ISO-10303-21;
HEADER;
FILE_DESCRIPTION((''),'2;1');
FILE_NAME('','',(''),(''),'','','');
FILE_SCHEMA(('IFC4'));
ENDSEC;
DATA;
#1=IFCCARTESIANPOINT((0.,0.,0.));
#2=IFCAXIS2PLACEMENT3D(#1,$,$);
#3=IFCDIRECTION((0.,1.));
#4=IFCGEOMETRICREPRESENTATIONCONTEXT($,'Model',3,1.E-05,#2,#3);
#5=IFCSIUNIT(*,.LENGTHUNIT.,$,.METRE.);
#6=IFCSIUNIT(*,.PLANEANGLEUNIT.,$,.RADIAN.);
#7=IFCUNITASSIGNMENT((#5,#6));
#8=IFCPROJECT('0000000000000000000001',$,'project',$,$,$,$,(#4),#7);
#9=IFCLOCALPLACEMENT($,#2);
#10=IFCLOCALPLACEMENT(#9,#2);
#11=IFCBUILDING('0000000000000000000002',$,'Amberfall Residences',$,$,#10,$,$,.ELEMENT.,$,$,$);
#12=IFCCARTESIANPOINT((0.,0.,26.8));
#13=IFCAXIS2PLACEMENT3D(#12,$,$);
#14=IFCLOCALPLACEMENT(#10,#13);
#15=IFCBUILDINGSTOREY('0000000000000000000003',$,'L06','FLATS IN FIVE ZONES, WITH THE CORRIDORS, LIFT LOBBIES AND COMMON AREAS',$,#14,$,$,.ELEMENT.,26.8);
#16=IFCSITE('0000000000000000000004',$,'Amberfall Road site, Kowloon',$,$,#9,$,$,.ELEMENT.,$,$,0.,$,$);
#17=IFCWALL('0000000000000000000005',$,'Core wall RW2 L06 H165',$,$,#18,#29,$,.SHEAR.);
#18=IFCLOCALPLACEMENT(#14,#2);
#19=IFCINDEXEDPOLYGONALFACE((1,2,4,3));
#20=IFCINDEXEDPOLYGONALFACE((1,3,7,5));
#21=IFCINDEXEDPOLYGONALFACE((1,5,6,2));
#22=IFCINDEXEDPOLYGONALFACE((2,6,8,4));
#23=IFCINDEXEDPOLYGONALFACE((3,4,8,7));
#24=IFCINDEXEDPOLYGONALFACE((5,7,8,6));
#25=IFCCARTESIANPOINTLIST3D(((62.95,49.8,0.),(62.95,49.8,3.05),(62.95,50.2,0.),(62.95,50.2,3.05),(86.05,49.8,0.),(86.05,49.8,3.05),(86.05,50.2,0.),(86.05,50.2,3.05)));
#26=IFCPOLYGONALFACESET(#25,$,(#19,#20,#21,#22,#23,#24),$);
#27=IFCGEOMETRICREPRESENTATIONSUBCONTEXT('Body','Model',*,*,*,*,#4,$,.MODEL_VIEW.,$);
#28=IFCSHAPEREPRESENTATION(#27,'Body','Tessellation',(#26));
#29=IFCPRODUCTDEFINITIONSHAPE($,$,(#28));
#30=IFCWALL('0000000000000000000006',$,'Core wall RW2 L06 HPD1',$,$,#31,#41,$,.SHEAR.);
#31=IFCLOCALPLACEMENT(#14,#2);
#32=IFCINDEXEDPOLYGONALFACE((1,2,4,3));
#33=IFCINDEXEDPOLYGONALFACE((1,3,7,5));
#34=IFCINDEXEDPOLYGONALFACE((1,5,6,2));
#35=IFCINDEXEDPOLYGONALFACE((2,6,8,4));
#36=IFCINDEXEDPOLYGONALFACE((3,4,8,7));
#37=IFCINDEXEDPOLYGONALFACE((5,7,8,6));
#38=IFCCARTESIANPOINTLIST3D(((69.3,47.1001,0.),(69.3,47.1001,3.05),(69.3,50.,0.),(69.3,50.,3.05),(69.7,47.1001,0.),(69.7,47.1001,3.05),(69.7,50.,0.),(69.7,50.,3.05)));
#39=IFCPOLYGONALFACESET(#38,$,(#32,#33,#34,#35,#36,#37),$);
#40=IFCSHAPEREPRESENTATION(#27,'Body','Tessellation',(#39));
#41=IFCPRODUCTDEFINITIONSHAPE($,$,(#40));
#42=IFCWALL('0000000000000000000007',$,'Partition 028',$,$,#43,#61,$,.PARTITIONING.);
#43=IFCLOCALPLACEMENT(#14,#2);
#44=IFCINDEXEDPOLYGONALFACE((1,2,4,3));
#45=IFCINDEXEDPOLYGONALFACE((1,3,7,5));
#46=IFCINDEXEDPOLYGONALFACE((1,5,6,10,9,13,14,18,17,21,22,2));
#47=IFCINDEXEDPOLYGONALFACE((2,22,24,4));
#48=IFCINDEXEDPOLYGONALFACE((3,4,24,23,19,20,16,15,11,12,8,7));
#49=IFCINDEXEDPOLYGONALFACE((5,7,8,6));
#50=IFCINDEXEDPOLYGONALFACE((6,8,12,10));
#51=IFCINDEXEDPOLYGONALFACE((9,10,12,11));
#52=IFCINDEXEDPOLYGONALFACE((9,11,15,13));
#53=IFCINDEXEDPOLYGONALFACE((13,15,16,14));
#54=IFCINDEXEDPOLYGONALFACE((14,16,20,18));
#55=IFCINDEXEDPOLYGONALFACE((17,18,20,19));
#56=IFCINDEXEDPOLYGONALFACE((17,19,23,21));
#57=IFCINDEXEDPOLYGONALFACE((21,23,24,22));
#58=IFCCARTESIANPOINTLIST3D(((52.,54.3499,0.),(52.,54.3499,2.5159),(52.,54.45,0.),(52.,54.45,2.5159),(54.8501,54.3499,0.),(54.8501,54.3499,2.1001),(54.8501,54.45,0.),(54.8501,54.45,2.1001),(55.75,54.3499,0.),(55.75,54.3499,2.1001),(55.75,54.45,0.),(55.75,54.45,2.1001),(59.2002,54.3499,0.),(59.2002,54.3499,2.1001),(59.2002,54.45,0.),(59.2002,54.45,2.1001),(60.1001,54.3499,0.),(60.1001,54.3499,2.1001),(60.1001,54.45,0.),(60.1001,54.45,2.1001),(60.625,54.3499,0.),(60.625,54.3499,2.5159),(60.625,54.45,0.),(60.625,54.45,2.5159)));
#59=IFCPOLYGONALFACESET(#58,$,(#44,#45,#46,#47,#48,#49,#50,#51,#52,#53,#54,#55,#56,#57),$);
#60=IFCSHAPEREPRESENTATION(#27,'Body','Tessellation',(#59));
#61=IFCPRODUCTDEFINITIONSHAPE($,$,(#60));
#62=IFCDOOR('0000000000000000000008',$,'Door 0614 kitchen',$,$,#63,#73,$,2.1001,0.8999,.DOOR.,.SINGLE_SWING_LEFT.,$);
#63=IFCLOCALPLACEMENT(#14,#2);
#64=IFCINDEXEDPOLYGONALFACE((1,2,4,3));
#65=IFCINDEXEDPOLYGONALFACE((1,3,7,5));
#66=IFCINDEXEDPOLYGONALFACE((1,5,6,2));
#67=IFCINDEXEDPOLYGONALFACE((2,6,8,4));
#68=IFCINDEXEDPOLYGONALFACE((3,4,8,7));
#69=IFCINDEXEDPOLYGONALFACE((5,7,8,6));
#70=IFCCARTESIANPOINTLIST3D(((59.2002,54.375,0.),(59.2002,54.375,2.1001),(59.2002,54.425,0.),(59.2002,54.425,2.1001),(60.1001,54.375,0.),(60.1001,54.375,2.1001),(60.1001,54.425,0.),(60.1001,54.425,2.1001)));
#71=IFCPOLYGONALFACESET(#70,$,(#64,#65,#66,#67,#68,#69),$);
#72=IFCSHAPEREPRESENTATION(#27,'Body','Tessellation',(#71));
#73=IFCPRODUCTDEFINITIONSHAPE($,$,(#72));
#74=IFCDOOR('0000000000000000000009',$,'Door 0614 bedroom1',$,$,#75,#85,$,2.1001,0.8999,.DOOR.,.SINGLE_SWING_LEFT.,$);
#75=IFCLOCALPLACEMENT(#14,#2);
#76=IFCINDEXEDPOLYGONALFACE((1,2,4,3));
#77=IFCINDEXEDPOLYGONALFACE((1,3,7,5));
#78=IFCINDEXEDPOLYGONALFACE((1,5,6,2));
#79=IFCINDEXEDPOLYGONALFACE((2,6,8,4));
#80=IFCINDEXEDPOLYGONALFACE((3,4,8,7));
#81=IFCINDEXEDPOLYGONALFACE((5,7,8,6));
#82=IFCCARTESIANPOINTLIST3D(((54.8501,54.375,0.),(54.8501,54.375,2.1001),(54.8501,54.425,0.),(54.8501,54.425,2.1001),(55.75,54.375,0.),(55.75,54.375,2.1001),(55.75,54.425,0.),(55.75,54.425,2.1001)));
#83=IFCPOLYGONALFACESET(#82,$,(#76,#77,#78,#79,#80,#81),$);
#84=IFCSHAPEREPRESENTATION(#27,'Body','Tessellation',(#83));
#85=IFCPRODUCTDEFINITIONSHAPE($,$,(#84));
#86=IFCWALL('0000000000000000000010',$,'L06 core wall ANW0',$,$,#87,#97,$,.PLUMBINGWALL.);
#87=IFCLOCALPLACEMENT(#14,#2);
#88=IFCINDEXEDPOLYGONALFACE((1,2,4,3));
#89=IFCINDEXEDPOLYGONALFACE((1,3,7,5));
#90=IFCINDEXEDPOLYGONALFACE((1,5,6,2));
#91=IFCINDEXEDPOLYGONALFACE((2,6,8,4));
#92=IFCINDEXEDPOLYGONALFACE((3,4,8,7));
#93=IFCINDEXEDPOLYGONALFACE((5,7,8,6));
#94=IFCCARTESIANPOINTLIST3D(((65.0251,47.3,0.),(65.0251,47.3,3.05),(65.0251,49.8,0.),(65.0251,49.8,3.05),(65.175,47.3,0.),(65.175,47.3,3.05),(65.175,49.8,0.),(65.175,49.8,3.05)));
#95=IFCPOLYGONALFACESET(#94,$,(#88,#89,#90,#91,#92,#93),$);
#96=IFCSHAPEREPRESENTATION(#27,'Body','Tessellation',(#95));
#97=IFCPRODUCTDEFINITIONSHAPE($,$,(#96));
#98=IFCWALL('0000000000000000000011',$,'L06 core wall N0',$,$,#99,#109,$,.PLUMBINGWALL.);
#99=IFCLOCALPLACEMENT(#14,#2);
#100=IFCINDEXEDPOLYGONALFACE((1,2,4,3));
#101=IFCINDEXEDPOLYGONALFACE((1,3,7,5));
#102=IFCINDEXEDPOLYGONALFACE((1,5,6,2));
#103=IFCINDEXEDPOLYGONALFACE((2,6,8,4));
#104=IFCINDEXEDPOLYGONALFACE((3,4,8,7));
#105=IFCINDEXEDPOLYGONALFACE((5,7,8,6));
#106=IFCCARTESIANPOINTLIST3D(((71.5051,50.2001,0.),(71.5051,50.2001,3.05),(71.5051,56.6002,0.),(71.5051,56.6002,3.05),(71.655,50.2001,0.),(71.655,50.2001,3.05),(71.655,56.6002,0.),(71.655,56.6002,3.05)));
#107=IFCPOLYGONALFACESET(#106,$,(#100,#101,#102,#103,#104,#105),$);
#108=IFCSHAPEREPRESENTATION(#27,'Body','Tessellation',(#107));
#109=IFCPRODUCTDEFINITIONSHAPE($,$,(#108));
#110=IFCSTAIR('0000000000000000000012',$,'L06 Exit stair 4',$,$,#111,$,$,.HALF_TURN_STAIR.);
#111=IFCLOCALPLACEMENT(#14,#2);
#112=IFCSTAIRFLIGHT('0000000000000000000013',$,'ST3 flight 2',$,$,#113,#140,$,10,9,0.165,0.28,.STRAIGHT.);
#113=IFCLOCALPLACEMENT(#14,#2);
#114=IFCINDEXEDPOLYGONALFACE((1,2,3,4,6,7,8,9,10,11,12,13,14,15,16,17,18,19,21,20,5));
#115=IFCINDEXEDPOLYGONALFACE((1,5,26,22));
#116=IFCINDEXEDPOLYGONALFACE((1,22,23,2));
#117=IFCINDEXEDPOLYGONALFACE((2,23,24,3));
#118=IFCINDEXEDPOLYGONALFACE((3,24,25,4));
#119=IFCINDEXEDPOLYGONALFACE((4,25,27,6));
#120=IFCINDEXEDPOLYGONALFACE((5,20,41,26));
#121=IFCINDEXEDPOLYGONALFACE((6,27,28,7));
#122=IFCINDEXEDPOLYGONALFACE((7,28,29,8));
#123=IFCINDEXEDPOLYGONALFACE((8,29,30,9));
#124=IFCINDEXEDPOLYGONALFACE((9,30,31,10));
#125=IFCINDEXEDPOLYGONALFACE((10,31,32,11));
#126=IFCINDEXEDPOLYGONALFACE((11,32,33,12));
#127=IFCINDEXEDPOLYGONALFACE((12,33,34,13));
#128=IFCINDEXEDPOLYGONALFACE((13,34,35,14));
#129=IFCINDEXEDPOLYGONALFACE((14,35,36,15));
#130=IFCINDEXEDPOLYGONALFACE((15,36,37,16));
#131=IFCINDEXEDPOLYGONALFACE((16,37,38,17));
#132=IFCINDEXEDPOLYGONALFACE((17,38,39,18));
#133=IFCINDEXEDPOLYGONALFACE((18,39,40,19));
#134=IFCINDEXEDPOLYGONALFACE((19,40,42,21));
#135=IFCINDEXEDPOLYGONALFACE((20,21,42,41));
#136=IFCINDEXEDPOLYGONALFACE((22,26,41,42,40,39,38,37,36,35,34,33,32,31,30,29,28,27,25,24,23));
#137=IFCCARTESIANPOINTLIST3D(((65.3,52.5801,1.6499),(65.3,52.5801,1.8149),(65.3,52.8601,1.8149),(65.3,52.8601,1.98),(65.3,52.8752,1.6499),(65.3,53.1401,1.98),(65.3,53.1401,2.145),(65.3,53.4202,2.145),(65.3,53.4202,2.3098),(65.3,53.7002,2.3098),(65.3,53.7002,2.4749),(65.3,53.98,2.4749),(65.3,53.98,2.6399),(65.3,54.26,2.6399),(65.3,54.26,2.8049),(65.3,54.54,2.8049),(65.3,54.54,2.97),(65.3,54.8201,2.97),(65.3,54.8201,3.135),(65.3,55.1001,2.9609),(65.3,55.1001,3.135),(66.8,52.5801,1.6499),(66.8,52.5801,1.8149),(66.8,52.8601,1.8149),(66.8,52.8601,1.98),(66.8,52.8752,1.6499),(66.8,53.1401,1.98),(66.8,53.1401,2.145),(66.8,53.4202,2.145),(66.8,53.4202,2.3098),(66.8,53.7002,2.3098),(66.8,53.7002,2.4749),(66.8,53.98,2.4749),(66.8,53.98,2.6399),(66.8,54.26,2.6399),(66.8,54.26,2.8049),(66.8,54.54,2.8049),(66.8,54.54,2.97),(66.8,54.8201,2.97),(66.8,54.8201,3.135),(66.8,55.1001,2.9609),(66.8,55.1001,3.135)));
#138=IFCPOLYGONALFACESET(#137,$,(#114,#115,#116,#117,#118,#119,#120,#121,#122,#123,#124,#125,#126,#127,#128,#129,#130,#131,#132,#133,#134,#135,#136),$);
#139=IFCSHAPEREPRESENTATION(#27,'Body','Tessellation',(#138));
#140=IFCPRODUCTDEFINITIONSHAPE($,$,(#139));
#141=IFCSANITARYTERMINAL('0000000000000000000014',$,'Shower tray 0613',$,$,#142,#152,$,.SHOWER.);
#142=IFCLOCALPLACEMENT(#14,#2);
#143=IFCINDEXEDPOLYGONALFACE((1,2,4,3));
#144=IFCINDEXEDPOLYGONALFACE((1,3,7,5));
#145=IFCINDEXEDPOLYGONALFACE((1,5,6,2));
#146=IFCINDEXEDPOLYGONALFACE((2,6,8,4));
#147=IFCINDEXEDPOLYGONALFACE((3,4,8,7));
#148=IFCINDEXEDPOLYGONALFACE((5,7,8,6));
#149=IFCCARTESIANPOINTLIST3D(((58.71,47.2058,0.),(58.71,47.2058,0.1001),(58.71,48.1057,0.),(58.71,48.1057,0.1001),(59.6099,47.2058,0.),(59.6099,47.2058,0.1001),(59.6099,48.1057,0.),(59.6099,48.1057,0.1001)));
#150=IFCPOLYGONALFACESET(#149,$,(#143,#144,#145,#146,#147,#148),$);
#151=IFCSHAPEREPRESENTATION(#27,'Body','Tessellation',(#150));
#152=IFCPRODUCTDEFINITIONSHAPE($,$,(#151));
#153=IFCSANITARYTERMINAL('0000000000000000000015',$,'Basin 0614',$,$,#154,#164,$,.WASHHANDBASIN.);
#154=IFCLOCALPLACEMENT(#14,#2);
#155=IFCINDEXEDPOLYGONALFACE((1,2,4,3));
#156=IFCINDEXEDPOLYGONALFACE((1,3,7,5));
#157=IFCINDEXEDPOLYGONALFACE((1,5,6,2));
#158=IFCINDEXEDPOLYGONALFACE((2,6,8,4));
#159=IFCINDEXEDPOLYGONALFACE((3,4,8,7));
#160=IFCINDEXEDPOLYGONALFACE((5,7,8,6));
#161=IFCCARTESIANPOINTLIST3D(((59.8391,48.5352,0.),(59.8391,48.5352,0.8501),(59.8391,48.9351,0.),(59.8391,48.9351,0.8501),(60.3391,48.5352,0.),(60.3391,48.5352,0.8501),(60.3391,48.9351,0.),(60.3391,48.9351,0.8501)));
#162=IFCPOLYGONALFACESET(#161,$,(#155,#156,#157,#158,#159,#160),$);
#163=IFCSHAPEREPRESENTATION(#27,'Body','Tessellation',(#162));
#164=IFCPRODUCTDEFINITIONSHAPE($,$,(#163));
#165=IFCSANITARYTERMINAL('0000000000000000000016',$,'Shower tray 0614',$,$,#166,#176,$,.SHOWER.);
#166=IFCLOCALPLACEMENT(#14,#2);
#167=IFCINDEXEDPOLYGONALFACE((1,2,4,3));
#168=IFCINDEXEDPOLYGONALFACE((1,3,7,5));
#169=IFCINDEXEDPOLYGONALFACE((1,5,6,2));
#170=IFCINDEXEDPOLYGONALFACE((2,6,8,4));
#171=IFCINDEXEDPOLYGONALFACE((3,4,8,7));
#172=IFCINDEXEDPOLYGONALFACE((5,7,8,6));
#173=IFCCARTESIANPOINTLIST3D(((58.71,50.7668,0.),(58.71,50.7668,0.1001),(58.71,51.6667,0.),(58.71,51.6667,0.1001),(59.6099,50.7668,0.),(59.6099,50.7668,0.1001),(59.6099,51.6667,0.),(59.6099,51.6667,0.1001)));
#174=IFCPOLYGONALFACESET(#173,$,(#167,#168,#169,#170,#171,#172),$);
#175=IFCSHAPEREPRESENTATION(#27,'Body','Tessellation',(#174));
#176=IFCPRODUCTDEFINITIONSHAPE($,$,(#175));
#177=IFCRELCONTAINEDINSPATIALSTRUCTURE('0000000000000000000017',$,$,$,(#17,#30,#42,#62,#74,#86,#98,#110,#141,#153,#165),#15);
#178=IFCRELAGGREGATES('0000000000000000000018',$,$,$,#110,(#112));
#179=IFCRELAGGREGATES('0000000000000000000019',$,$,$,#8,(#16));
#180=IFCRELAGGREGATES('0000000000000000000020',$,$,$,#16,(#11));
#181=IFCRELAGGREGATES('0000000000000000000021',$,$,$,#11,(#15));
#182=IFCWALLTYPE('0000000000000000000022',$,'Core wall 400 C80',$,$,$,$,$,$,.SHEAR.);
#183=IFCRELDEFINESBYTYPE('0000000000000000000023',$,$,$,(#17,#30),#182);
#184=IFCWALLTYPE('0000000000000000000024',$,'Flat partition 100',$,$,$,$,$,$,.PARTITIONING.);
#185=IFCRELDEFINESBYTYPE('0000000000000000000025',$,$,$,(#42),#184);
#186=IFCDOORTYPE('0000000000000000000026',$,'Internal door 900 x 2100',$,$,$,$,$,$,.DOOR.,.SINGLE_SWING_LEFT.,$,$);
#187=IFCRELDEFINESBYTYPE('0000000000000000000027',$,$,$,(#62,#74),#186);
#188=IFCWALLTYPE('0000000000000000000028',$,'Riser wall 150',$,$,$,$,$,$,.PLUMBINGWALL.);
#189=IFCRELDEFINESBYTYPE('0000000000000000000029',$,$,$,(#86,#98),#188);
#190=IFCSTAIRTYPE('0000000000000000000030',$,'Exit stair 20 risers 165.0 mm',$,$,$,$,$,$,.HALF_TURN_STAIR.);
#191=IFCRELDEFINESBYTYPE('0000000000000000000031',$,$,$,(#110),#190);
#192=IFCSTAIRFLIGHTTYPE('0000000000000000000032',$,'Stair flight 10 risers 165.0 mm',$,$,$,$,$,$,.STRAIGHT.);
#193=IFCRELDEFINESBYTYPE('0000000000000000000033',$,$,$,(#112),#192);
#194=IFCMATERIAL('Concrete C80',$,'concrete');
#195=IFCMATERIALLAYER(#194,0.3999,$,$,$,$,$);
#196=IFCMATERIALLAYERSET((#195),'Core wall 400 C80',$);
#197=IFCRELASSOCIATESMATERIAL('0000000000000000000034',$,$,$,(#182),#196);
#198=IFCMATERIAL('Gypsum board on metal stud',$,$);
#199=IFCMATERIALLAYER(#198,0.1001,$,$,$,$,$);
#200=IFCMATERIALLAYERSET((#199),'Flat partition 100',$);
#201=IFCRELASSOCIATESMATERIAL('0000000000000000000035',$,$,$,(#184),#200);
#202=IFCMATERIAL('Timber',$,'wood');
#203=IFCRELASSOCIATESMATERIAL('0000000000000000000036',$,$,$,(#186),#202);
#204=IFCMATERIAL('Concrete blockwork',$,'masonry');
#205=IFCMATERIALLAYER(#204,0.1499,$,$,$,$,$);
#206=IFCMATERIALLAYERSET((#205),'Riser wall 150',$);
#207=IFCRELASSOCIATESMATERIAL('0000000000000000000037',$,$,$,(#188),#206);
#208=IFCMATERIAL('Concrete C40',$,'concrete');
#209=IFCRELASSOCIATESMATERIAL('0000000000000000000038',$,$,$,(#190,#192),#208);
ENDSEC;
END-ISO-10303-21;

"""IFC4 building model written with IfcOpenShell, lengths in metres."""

from ifc_helpers import new_model, si_unit, direction, frame, frame_2d, origin, origin_2d, place, context, subcontext, project, spatial, polyline, rectangle, outline, extrude, material, layer, layer_set, type_object, element, fill, aggregate, save


model = new_model("IFC4")

# Units and contexts
model_context = context("Model", 3, precision=1e-05, world=origin(), true_north=direction((0.0, 1.0)))
body_context = subcontext(model_context, "Body", "Model", "MODEL_VIEW")
ifc_project = project(units=[si_unit("LENGTHUNIT", "METRE"), si_unit("PLANEANGLEUNIT", "RADIAN")], contexts=[model_context])

# Site, building, storey
site_placement = place(None, origin())
site = spatial("IfcSite", under=ifc_project, at=site_placement, Name="Amberfall Road site, Kowloon", CompositionType="ELEMENT", RefElevation=0.0)
building_placement = place(site_placement, origin())
building = spatial("IfcBuilding", under=site, at=building_placement, Name="Amberfall Residences", CompositionType="ELEMENT")
storey_placement = place(building_placement, frame((0.0, 0.0, 26.8)))
storey = spatial("IfcBuildingStorey", under=building, at=storey_placement, Name="L06", Description="FLATS IN FIVE ZONES, WITH THE CORRIDORS, LIFT LOBBIES AND COMMON AREAS", CompositionType="ELEMENT", Elevation=26.8)

# Walls
ifc_material_1 = material(Name="Concrete C80", Category="concrete")
ifc_layer_1 = layer(ifc_material_1, 0.3999)
ifc_layer_set_1 = layer_set([ifc_layer_1], Name="Core wall 400 C80")
wall_type_1 = type_object("IfcWallType", Name="Core wall 400 C80", PredefinedType="SHEAR", material=ifc_layer_set_1)
wall_1_placement = place(storey_placement, frame((62.95, 50.0, 0.0), z_axis=(0.0, 0.0, 1.0), x_axis=(1.0, 0.0, 0.0)))
element("IfcWall", 1, at=wall_1_placement, inside=storey, type_object=wall_type_1, Name="Core wall RW2 L06 H165", PredefinedType="SHEAR", context=body_context, shape_type="SweptSolid", body=[
    extrude(rectangle(XDim=23.1001, YDim=0.3999, at=frame_2d((11.55, 0.0))), origin(), (0.0, 0.0, 1.0), 3.05),
])
wall_2_placement = place(storey_placement, frame((69.5, 47.1001, 0.0), z_axis=(0.0, 0.0, 1.0), x_axis=(0.0, 1.0, 0.0)))
element("IfcWall", 2, at=wall_2_placement, inside=storey, type_object=wall_type_1, Name="Core wall RW2 L06 HPD1", PredefinedType="SHEAR", context=body_context, shape_type="SweptSolid", body=[
    extrude(rectangle(XDim=2.8999, YDim=0.3999, at=frame_2d((1.45, 0.0))), origin(), (0.0, 0.0, 1.0), 3.05),
])

# Wall, openings, doors
ifc_material_2 = material(Name="Gypsum board on metal stud")
ifc_layer_2 = layer(ifc_material_2, 0.1001)
ifc_layer_set_2 = layer_set([ifc_layer_2], Name="Flat partition 100")
wall_type_2 = type_object("IfcWallType", Name="Flat partition 100", PredefinedType="PARTITIONING", material=ifc_layer_set_2)
wall_3_placement = place(storey_placement, frame((60.625, 54.3999, 0.0), z_axis=(0.0, 0.0, 1.0), x_axis=(-1.0, 0.0, 0.0)))
wall_3 = element("IfcWall", 3, at=wall_3_placement, inside=storey, type_object=wall_type_2, Name="Partition 028", PredefinedType="PARTITIONING", context=body_context, shape_type="SweptSolid", body=[
    extrude(rectangle(XDim=8.625, YDim=0.1001, at=frame_2d((4.3125, 0.0))), origin(), (0.0, 0.0, 1.0), 2.5159),
])
opening_1_placement = place(wall_3_placement, frame((0.5249, 0.0, 0.0)))
opening_1 = element("IfcOpeningElement", 4, at=opening_1_placement, cuts=wall_3, PredefinedType="OPENING", context=body_context, shape_type="SweptSolid", body=[
    extrude(rectangle(XDim=0.8999, YDim=2.1001, at=frame_2d((0.45, 1.05))), frame((0.0, 0.0601, 0.0), z_axis=(0.0, -1.0, 0.0), x_axis=(1.0, 0.0, 0.0)), (0.0, 0.0, 1.0), 0.1201),
])
opening_2_placement = place(wall_3_placement, frame((4.875, 0.0, 0.0)))
opening_2 = element("IfcOpeningElement", 5, at=opening_2_placement, cuts=wall_3, PredefinedType="OPENING", context=body_context, shape_type="SweptSolid", body=[
    extrude(rectangle(XDim=0.8999, YDim=2.1001, at=frame_2d((0.45, 1.05))), frame((0.0, 0.0601, 0.0), z_axis=(0.0, -1.0, 0.0), x_axis=(1.0, 0.0, 0.0)), (0.0, 0.0, 1.0), 0.1201),
])
ifc_material_3 = material(Name="Timber", Category="wood")
door_type = type_object("IfcDoorType", Name="Internal door 900 x 2100", OperationType="SINGLE_SWING_LEFT", PredefinedType="DOOR", material=ifc_material_3)
door_1_placement = place(opening_1_placement, origin())
door_1 = element("IfcDoor", 6, at=door_1_placement, inside=storey, type_object=door_type, Name="Door 0614 kitchen", OperationType="SINGLE_SWING_LEFT", OverallHeight=2.1001, OverallWidth=0.8999, PredefinedType="DOOR", context=body_context, shape_type="SweptSolid", body=[
    extrude(rectangle(XDim=0.8999, YDim=2.1001, at=frame_2d((0.45, 1.05))), frame((0.0, 0.0249, 0.0), z_axis=(0.0, -1.0, 0.0), x_axis=(1.0, 0.0, 0.0)), (0.0, 0.0, 1.0), 0.05),
])
fill(opening_1, door_1)
door_2_placement = place(opening_2_placement, origin())
door_2 = element("IfcDoor", 7, at=door_2_placement, inside=storey, type_object=door_type, Name="Door 0614 bedroom1", OperationType="SINGLE_SWING_LEFT", OverallHeight=2.1001, OverallWidth=0.8999, PredefinedType="DOOR", context=body_context, shape_type="SweptSolid", body=[
    extrude(rectangle(XDim=0.8999, YDim=2.1001, at=frame_2d((0.45, 1.05))), frame((0.0, 0.0249, 0.0), z_axis=(0.0, -1.0, 0.0), x_axis=(1.0, 0.0, 0.0)), (0.0, 0.0, 1.0), 0.05),
])
fill(opening_2, door_2)

# Walls
ifc_material_4 = material(Name="Concrete blockwork", Category="masonry")
ifc_layer_3 = layer(ifc_material_4, 0.1499)
ifc_layer_set_3 = layer_set([ifc_layer_3], Name="Riser wall 150")
wall_type_3 = type_object("IfcWallType", Name="Riser wall 150", PredefinedType="PLUMBINGWALL", material=ifc_layer_set_3)
wall_4_placement = place(storey_placement, frame((65.1001, 47.3, 0.0), z_axis=(0.0, 0.0, 1.0), x_axis=(0.0, 1.0, 0.0)))
element("IfcWall", 8, at=wall_4_placement, inside=storey, type_object=wall_type_3, Name="L06 core wall ANW0", PredefinedType="PLUMBINGWALL", context=body_context, shape_type="SweptSolid", body=[
    extrude(rectangle(XDim=2.5, YDim=0.1499, at=frame_2d((1.25, 0.0))), origin(), (0.0, 0.0, 1.0), 3.05),
])
wall_5_placement = place(storey_placement, frame((71.5801, 50.2, 0.0), z_axis=(0.0, 0.0, 1.0), x_axis=(0.0, 1.0, 0.0)))
element("IfcWall", 9, at=wall_5_placement, inside=storey, type_object=wall_type_3, Name="L06 core wall N0", PredefinedType="PLUMBINGWALL", context=body_context, shape_type="SweptSolid", body=[
    extrude(rectangle(XDim=6.4001, YDim=0.1499, at=frame_2d((3.2002, 0.0))), origin(), (0.0, 0.0, 1.0), 3.05),
])

# Stair, stair flight
ifc_material_5 = material(Name="Concrete C40", Category="concrete")
stair_type = type_object("IfcStairType", Name="Exit stair 20 risers 165.0 mm", PredefinedType="HALF_TURN_STAIR", material=ifc_material_5)
stair_placement = place(storey_placement, origin())
stair = element("IfcStair", 10, at=stair_placement, inside=storey, type_object=stair_type, Name="L06 Exit stair 4", PredefinedType="HALF_TURN_STAIR")
stair_flight_type = type_object("IfcStairFlightType", Name="Stair flight 10 risers 165.0 mm", PredefinedType="STRAIGHT", material=ifc_material_5)
stair_flight_placement = place(storey_placement, frame((66.05, 52.5801, 1.6499), z_axis=(0.0, 0.0, 1.0), x_axis=(0.0, 1.0, 0.0)))
stair_flight = element("IfcStairFlight", 11, at=stair_flight_placement, type_object=stair_flight_type, Name="ST3 flight 2", NumberOfRisers=10, NumberOfTreads=9, PredefinedType="STRAIGHT", RiserHeight=0.165, TreadLength=0.28, context=body_context, shape_type="SweptSolid", body=[
    extrude(outline(polyline([(0.0, 0.0), (0.0, 0.165), (0.28, 0.165), (0.28, 0.3301), (0.5601, 0.3301), (0.5601, 0.4951), (0.8401, 0.4951), (0.8401, 0.6599), (1.1201, 0.6599), (1.1201, 0.825), (1.3999, 0.825), (1.3999, 0.99), (1.6799, 0.99), (1.6799, 1.155), (1.96, 1.155), (1.96, 1.3201), (2.24, 1.3201), (2.24, 1.4851), (2.52, 1.4851), (2.52, 1.6499), (2.52, 1.311), (0.2952, 0.0), (0.0, 0.0)])), frame((0.0, 0.75, 0.0), z_axis=(0.0, -1.0, 0.0), x_axis=(1.0, 0.0, 0.0)), (0.0, 0.0, 1.0), 1.5),
])
aggregate(stair, [stair_flight])

# Sanitary terminals
sanitary_terminal_1_placement = place(storey_placement, frame((59.1599, 47.6558, 0.0), z_axis=(0.0, 0.0, 1.0), x_axis=(1.0, 0.0, 0.0)))
element("IfcSanitaryTerminal", 12, at=sanitary_terminal_1_placement, inside=storey, Name="Shower tray 0613", PredefinedType="SHOWER", context=body_context, shape_type="SweptSolid", body=[
    extrude(rectangle(XDim=0.8999, YDim=0.8999, at=origin_2d()), origin(), (0.0, 0.0, 1.0), 0.1001),
])
sanitary_terminal_2_placement = place(storey_placement, frame((60.0891, 48.7351, 0.0), z_axis=(0.0, 0.0, 1.0), x_axis=(1.0, 0.0, 0.0)))
element("IfcSanitaryTerminal", 13, at=sanitary_terminal_2_placement, inside=storey, Name="Basin 0614", PredefinedType="WASHHANDBASIN", context=body_context, shape_type="SweptSolid", body=[
    extrude(rectangle(XDim=0.5, YDim=0.3999, at=origin_2d()), origin(), (0.0, 0.0, 1.0), 0.8501),
])
sanitary_terminal_3_placement = place(storey_placement, frame((59.1599, 51.2168, 0.0), z_axis=(0.0, 0.0, 1.0), x_axis=(1.0, 0.0, 0.0)))
element("IfcSanitaryTerminal", 14, at=sanitary_terminal_3_placement, inside=storey, Name="Shower tray 0614", PredefinedType="SHOWER", context=body_context, shape_type="SweptSolid", body=[
    extrude(rectangle(XDim=0.8999, YDim=0.8999, at=origin_2d()), origin(), (0.0, 0.0, 1.0), 0.1001),
])

save(model, "model.ifc")
